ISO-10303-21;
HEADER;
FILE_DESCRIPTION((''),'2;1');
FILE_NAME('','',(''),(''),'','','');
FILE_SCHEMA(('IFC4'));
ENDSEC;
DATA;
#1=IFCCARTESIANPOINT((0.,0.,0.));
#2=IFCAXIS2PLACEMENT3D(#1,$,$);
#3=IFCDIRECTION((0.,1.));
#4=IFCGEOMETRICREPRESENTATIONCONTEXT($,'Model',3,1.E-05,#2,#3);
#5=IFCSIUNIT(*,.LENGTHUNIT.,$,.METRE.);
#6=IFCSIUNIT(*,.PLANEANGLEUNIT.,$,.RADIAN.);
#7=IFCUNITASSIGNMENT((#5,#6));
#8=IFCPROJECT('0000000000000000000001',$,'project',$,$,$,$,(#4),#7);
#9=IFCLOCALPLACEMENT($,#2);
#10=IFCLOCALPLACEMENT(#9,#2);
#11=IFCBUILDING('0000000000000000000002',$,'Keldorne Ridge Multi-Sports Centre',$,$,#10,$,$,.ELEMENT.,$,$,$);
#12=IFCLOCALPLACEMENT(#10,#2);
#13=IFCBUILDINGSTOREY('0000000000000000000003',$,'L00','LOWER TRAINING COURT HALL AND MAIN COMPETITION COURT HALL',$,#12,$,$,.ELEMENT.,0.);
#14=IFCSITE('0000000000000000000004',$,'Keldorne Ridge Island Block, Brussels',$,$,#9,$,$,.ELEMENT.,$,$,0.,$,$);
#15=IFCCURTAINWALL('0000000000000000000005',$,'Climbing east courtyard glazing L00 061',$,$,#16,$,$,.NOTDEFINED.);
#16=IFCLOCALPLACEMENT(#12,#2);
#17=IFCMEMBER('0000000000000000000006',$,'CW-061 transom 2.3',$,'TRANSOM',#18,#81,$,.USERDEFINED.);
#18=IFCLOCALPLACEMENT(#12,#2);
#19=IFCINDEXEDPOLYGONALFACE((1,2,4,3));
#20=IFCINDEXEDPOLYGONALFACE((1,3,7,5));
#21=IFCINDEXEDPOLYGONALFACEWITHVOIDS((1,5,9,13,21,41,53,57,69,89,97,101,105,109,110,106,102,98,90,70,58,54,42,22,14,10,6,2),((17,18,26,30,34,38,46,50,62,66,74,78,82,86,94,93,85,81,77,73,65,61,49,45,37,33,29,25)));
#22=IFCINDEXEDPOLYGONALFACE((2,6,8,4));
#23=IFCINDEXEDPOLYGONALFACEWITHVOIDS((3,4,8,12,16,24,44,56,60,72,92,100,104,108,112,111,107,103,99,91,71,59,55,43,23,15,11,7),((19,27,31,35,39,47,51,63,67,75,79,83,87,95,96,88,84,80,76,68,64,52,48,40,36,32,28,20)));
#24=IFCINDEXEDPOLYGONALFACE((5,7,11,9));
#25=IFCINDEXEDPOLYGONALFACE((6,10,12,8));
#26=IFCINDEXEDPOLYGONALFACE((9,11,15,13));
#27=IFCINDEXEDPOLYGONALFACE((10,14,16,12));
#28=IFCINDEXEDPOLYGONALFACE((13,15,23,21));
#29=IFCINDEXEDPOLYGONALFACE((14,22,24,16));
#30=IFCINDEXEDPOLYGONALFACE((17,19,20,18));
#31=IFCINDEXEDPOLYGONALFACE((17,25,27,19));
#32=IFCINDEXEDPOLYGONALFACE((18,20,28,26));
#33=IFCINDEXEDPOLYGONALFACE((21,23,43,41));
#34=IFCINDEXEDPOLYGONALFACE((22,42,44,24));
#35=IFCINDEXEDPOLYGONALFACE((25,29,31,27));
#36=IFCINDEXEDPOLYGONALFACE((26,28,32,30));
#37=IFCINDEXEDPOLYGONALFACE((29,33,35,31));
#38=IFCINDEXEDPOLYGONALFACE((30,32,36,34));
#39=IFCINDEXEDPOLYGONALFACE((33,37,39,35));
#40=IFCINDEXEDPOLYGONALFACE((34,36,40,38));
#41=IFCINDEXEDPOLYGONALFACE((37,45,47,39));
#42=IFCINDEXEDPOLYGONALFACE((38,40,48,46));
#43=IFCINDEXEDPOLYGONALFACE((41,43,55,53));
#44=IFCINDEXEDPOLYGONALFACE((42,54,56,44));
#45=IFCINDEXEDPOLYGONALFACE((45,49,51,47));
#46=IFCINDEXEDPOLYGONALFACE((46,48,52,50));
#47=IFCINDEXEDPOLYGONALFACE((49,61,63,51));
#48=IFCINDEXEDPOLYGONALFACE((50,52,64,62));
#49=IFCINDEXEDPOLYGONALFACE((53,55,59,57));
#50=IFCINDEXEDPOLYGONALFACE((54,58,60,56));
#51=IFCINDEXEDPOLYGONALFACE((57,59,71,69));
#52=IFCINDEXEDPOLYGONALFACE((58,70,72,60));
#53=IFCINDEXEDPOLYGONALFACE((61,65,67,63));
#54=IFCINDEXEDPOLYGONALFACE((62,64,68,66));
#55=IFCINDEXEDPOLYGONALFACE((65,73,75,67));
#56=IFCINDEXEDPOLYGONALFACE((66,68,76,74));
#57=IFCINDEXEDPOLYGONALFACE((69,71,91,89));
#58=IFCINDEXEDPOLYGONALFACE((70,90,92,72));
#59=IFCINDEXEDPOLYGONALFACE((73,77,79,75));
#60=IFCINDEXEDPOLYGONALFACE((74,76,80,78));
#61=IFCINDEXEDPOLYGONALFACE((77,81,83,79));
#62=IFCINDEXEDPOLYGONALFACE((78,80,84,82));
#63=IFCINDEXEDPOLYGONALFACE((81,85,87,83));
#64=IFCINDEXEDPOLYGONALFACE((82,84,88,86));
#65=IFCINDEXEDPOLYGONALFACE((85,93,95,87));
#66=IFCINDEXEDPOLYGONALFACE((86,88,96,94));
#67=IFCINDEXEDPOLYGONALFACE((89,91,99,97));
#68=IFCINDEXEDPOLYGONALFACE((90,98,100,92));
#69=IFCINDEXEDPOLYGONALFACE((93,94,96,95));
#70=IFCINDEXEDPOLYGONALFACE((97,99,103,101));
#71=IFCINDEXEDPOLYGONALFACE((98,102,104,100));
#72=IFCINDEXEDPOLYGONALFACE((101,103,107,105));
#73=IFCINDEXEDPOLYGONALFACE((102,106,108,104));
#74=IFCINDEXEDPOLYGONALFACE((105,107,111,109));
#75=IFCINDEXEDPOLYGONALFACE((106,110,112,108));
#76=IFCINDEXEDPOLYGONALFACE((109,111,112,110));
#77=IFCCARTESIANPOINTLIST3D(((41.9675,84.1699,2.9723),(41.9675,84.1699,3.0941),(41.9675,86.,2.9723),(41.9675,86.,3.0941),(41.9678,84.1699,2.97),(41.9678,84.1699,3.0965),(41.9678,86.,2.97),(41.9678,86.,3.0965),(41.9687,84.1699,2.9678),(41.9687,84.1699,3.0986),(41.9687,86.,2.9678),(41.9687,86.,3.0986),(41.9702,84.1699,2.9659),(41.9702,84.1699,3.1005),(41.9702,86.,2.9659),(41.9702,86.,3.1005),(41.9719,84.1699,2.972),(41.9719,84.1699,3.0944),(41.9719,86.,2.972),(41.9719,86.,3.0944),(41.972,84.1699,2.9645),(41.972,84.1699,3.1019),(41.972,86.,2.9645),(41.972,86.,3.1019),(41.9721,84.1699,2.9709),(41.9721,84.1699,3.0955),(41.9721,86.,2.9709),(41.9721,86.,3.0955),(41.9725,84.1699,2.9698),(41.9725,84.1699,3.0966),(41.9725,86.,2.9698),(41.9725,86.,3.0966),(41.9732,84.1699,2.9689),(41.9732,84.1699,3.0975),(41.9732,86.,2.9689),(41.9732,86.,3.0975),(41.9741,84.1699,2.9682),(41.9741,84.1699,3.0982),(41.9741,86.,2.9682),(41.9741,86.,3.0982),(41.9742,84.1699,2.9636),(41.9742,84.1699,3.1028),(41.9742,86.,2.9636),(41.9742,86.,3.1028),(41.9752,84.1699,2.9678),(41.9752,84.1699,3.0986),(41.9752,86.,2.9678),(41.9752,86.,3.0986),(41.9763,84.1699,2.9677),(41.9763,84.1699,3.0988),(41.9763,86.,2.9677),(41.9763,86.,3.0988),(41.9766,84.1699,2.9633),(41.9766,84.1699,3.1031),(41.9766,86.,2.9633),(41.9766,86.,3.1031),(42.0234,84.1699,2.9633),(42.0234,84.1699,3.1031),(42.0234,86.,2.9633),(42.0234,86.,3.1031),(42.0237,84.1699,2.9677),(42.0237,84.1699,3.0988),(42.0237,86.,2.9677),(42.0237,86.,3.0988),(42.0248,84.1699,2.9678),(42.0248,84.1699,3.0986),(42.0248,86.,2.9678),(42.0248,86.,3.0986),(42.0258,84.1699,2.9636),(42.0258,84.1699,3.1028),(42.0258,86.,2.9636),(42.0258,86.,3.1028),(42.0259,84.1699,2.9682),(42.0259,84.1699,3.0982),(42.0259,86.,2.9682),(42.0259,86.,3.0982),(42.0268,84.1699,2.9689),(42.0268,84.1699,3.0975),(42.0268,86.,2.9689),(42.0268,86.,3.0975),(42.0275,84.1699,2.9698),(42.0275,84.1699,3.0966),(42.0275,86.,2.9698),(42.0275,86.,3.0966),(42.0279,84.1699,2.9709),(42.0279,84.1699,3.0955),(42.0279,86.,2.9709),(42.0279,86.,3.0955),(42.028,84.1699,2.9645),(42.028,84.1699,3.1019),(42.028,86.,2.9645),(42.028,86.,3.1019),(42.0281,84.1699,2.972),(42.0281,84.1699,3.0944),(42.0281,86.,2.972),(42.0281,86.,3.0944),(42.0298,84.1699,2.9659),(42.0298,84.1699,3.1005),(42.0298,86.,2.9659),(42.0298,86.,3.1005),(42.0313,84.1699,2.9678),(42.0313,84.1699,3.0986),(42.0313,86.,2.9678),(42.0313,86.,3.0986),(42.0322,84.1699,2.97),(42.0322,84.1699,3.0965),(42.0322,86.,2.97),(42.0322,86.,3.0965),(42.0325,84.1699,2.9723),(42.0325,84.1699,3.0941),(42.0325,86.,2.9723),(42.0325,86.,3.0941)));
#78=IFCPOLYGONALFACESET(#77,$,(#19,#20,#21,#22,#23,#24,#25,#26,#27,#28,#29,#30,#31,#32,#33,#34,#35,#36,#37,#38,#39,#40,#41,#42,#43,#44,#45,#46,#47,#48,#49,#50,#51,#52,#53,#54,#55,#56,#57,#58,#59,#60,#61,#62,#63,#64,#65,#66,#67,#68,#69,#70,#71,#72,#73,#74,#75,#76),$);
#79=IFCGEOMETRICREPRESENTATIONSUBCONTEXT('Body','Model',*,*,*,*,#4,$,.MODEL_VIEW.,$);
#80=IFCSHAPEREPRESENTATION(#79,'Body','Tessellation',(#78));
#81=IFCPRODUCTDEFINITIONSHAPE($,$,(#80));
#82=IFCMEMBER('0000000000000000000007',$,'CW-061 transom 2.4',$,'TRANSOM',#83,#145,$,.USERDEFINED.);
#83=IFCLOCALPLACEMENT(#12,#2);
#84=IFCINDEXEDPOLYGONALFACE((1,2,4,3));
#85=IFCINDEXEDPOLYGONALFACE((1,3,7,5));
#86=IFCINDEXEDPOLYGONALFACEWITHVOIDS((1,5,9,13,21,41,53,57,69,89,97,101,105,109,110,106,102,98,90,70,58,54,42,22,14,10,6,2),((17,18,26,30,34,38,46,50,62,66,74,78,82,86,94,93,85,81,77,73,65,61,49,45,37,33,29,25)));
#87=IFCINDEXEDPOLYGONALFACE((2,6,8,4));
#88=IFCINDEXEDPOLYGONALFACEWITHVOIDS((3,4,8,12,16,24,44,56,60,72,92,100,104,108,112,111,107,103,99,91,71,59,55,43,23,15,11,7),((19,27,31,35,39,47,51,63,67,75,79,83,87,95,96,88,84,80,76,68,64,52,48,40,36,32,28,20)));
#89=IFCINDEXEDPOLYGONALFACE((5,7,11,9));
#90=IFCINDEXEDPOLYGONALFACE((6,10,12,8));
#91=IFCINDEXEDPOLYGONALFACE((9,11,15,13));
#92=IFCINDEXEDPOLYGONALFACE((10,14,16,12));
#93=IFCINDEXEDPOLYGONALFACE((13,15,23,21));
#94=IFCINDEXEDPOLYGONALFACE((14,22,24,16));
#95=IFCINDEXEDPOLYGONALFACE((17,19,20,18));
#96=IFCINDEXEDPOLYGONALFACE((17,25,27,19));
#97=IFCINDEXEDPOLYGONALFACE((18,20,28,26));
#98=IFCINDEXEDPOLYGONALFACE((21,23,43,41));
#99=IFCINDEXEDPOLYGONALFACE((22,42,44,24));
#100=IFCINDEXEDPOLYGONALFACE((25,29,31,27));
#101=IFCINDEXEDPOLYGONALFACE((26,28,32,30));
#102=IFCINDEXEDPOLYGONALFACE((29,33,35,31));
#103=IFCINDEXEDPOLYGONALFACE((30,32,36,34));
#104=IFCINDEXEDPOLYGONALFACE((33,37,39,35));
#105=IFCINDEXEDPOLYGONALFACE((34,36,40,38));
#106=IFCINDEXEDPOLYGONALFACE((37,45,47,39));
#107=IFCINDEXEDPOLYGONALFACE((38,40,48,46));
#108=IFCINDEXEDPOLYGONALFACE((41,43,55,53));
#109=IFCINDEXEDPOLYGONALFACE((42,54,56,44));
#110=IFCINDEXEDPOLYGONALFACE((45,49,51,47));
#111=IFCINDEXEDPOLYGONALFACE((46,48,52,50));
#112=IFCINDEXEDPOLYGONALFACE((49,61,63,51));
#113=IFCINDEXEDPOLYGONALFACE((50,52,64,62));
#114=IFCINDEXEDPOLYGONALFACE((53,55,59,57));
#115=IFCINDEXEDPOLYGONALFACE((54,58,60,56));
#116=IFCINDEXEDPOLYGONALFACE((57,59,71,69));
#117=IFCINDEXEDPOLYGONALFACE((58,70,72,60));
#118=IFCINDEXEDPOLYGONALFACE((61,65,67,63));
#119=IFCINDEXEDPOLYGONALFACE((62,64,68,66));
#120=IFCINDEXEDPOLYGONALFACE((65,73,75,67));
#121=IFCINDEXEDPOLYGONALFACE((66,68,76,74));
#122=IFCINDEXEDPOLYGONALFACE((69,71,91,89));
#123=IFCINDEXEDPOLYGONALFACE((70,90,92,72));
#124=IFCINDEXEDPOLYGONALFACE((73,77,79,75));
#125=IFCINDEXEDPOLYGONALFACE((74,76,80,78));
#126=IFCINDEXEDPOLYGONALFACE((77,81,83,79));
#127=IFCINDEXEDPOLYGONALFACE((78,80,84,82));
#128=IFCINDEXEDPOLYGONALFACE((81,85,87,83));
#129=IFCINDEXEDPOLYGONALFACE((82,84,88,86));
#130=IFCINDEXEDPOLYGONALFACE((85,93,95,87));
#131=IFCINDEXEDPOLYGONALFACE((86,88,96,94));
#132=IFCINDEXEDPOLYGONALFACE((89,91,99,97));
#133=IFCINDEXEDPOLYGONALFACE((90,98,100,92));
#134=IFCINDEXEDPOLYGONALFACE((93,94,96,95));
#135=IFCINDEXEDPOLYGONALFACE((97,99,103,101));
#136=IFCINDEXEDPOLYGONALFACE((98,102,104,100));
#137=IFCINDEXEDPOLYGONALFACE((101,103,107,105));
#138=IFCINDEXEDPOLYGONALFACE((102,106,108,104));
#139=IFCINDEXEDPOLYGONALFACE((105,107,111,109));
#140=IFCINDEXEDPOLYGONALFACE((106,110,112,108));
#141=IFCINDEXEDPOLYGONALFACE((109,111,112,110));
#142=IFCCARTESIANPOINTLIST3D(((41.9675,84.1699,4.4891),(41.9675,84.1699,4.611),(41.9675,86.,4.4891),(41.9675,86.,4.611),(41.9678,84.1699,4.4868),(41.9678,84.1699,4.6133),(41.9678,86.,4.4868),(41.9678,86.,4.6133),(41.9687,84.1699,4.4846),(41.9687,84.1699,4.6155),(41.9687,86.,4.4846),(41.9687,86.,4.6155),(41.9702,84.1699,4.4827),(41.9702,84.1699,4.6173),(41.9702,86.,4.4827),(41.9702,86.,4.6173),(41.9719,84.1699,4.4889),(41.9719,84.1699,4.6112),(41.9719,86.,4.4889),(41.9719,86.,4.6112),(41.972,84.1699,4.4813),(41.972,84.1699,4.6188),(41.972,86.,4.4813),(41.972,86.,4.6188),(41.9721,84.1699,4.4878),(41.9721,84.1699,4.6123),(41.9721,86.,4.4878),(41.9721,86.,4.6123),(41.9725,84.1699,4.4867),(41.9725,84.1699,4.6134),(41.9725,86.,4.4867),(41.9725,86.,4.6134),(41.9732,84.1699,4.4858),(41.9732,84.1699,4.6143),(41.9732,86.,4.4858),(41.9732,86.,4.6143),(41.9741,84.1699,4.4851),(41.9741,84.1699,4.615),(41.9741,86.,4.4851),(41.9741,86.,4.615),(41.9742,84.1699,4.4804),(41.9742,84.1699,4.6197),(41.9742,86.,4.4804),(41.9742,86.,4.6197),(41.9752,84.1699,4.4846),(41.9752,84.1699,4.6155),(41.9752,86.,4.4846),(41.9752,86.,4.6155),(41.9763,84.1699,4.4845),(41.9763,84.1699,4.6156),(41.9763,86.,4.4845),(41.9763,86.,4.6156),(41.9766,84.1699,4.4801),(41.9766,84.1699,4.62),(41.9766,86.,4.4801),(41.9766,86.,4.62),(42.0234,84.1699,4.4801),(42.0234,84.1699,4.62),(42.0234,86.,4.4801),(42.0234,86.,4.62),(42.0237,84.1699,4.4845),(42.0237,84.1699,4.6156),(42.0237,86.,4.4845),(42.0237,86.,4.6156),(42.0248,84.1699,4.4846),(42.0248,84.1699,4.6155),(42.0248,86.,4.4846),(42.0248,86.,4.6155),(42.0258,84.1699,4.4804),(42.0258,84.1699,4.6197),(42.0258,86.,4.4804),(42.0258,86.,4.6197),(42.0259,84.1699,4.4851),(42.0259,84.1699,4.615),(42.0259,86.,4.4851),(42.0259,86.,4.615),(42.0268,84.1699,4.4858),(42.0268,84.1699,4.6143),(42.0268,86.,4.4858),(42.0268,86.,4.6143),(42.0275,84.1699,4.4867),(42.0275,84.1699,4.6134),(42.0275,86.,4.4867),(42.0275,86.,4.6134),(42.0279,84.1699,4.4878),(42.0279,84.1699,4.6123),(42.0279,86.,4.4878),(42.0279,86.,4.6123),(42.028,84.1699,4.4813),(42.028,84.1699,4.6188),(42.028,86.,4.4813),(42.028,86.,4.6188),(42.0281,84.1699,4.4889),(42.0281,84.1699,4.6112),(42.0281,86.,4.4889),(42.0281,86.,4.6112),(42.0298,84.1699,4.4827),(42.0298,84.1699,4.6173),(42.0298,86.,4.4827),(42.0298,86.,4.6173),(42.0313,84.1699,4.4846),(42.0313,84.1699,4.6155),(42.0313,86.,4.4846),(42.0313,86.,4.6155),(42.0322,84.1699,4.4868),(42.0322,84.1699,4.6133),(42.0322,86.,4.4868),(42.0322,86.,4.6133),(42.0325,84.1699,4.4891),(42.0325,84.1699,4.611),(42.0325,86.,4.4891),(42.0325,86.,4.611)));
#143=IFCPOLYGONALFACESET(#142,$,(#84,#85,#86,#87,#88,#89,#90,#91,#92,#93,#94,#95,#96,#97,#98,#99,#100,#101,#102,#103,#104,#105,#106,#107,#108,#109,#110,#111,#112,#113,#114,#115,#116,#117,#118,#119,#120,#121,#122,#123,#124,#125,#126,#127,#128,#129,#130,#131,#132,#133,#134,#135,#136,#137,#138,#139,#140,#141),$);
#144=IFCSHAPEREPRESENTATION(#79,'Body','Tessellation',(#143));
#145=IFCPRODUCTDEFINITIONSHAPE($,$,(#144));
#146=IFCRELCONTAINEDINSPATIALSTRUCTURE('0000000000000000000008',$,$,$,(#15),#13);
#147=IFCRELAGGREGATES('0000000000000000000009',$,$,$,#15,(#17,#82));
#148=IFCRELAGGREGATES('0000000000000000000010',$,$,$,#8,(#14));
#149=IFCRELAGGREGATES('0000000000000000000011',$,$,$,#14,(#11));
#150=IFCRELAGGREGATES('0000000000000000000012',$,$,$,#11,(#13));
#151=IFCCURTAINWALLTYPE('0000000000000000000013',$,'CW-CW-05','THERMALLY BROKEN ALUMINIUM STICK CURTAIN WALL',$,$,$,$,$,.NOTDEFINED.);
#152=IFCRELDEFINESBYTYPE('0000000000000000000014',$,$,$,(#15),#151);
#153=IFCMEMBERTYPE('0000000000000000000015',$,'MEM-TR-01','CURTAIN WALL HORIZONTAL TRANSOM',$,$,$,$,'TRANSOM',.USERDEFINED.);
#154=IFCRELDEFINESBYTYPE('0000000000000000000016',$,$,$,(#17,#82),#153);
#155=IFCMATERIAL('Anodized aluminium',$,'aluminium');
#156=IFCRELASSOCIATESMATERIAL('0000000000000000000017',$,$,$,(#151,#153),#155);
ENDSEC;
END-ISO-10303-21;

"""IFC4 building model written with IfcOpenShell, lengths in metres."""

from ifc_helpers import new_model, si_unit, direction, frame, origin, origin_2d, place, context, subcontext, project, spatial, hollow_rectangle, extrude, material, material_profile, profile_set, type_object, element, aggregate, save


model = new_model("IFC4")

# Units and contexts
model_context = context("Model", 3, precision=1e-05, world=origin(), true_north=direction((0.0, 1.0)))
body_context = subcontext(model_context, "Body", "Model", "MODEL_VIEW")
ifc_project = project(units=[si_unit("LENGTHUNIT", "METRE"), si_unit("PLANEANGLEUNIT", "RADIAN")], contexts=[model_context])

# Site, building, storey
site_placement = place(None, origin())
site = spatial("IfcSite", under=ifc_project, at=site_placement, Name="Keldorne Ridge Island Block, Brussels", CompositionType="ELEMENT", RefElevation=0.0)
building_placement = place(site_placement, origin())
building = spatial("IfcBuilding", under=site, at=building_placement, Name="Keldorne Ridge Multi-Sports Centre", CompositionType="ELEMENT")
storey_placement = place(building_placement, origin())
storey = spatial("IfcBuildingStorey", under=building, at=storey_placement, Name="L00", Description="LOWER TRAINING COURT HALL AND MAIN COMPETITION COURT HALL", CompositionType="ELEMENT", Elevation=0.0)

# Curtain wall, members
ifc_material_1 = material(Name="Anodized aluminium", Category="aluminium")
curtain_wall_type_1 = type_object("IfcCurtainWallType", Name="CW-CW-05", Description="THERMALLY BROKEN ALUMINIUM STICK CURTAIN WALL", PredefinedType="NOTDEFINED", material=ifc_material_1)
curtain_wall_1_placement = place(storey_placement, origin())
curtain_wall_1 = element("IfcCurtainWall", 1, at=curtain_wall_1_placement, inside=storey, type_object=curtain_wall_type_1, Name="Climbing east courtyard glazing L00 061", PredefinedType="NOTDEFINED")
ifc_material_profile_1 = material_profile(ifc_material_1, hollow_rectangle(XDim=0.0649, YDim=0.1399, WallThickness=0.0044, InnerFilletRadius=0.0044, OuterFilletRadius=0.009, at=origin_2d()), Name="ALU TRANSOM 140x65x4.5")
ifc_profile_set_1 = profile_set([ifc_material_profile_1], Name="Anodized aluminium")
member_type_1 = type_object("IfcMemberType", Name="MEM-TR-01", Description="CURTAIN WALL HORIZONTAL TRANSOM", ElementType="TRANSOM", PredefinedType="USERDEFINED", material=ifc_profile_set_1)
member_1_placement = place(storey_placement, frame((42.0, 84.1699, 3.0332), z_axis=(0.0, 1.0, 0.0), x_axis=(-1.0, 0.0, 0.0)))
member_1 = element("IfcMember", 2, at=member_1_placement, type_object=member_type_1, Name="CW-061 transom 2.3", ObjectType="TRANSOM", PredefinedType="USERDEFINED", context=body_context, shape_type="SweptSolid", body=[
    extrude(hollow_rectangle(XDim=0.0649, YDim=0.1399, WallThickness=0.0044, InnerFilletRadius=0.0044, OuterFilletRadius=0.009, at=origin_2d()), origin(), (0.0, 0.0, 1.0), 1.8301),
])
member_2_placement = place(storey_placement, frame((42.0, 84.1699, 4.55), z_axis=(0.0, 1.0, 0.0), x_axis=(-1.0, 0.0, 0.0)))
member_2 = element("IfcMember", 3, at=member_2_placement, type_object=member_type_1, Name="CW-061 transom 2.4", ObjectType="TRANSOM", PredefinedType="USERDEFINED", context=body_context, shape_type="SweptSolid", body=[
    extrude(hollow_rectangle(XDim=0.0649, YDim=0.1399, WallThickness=0.0044, InnerFilletRadius=0.0044, OuterFilletRadius=0.009, at=origin_2d()), origin(), (0.0, 0.0, 1.0), 1.8301),
])

aggregate(curtain_wall_1, [member_1, member_2])

save(model, "model.ifc")
